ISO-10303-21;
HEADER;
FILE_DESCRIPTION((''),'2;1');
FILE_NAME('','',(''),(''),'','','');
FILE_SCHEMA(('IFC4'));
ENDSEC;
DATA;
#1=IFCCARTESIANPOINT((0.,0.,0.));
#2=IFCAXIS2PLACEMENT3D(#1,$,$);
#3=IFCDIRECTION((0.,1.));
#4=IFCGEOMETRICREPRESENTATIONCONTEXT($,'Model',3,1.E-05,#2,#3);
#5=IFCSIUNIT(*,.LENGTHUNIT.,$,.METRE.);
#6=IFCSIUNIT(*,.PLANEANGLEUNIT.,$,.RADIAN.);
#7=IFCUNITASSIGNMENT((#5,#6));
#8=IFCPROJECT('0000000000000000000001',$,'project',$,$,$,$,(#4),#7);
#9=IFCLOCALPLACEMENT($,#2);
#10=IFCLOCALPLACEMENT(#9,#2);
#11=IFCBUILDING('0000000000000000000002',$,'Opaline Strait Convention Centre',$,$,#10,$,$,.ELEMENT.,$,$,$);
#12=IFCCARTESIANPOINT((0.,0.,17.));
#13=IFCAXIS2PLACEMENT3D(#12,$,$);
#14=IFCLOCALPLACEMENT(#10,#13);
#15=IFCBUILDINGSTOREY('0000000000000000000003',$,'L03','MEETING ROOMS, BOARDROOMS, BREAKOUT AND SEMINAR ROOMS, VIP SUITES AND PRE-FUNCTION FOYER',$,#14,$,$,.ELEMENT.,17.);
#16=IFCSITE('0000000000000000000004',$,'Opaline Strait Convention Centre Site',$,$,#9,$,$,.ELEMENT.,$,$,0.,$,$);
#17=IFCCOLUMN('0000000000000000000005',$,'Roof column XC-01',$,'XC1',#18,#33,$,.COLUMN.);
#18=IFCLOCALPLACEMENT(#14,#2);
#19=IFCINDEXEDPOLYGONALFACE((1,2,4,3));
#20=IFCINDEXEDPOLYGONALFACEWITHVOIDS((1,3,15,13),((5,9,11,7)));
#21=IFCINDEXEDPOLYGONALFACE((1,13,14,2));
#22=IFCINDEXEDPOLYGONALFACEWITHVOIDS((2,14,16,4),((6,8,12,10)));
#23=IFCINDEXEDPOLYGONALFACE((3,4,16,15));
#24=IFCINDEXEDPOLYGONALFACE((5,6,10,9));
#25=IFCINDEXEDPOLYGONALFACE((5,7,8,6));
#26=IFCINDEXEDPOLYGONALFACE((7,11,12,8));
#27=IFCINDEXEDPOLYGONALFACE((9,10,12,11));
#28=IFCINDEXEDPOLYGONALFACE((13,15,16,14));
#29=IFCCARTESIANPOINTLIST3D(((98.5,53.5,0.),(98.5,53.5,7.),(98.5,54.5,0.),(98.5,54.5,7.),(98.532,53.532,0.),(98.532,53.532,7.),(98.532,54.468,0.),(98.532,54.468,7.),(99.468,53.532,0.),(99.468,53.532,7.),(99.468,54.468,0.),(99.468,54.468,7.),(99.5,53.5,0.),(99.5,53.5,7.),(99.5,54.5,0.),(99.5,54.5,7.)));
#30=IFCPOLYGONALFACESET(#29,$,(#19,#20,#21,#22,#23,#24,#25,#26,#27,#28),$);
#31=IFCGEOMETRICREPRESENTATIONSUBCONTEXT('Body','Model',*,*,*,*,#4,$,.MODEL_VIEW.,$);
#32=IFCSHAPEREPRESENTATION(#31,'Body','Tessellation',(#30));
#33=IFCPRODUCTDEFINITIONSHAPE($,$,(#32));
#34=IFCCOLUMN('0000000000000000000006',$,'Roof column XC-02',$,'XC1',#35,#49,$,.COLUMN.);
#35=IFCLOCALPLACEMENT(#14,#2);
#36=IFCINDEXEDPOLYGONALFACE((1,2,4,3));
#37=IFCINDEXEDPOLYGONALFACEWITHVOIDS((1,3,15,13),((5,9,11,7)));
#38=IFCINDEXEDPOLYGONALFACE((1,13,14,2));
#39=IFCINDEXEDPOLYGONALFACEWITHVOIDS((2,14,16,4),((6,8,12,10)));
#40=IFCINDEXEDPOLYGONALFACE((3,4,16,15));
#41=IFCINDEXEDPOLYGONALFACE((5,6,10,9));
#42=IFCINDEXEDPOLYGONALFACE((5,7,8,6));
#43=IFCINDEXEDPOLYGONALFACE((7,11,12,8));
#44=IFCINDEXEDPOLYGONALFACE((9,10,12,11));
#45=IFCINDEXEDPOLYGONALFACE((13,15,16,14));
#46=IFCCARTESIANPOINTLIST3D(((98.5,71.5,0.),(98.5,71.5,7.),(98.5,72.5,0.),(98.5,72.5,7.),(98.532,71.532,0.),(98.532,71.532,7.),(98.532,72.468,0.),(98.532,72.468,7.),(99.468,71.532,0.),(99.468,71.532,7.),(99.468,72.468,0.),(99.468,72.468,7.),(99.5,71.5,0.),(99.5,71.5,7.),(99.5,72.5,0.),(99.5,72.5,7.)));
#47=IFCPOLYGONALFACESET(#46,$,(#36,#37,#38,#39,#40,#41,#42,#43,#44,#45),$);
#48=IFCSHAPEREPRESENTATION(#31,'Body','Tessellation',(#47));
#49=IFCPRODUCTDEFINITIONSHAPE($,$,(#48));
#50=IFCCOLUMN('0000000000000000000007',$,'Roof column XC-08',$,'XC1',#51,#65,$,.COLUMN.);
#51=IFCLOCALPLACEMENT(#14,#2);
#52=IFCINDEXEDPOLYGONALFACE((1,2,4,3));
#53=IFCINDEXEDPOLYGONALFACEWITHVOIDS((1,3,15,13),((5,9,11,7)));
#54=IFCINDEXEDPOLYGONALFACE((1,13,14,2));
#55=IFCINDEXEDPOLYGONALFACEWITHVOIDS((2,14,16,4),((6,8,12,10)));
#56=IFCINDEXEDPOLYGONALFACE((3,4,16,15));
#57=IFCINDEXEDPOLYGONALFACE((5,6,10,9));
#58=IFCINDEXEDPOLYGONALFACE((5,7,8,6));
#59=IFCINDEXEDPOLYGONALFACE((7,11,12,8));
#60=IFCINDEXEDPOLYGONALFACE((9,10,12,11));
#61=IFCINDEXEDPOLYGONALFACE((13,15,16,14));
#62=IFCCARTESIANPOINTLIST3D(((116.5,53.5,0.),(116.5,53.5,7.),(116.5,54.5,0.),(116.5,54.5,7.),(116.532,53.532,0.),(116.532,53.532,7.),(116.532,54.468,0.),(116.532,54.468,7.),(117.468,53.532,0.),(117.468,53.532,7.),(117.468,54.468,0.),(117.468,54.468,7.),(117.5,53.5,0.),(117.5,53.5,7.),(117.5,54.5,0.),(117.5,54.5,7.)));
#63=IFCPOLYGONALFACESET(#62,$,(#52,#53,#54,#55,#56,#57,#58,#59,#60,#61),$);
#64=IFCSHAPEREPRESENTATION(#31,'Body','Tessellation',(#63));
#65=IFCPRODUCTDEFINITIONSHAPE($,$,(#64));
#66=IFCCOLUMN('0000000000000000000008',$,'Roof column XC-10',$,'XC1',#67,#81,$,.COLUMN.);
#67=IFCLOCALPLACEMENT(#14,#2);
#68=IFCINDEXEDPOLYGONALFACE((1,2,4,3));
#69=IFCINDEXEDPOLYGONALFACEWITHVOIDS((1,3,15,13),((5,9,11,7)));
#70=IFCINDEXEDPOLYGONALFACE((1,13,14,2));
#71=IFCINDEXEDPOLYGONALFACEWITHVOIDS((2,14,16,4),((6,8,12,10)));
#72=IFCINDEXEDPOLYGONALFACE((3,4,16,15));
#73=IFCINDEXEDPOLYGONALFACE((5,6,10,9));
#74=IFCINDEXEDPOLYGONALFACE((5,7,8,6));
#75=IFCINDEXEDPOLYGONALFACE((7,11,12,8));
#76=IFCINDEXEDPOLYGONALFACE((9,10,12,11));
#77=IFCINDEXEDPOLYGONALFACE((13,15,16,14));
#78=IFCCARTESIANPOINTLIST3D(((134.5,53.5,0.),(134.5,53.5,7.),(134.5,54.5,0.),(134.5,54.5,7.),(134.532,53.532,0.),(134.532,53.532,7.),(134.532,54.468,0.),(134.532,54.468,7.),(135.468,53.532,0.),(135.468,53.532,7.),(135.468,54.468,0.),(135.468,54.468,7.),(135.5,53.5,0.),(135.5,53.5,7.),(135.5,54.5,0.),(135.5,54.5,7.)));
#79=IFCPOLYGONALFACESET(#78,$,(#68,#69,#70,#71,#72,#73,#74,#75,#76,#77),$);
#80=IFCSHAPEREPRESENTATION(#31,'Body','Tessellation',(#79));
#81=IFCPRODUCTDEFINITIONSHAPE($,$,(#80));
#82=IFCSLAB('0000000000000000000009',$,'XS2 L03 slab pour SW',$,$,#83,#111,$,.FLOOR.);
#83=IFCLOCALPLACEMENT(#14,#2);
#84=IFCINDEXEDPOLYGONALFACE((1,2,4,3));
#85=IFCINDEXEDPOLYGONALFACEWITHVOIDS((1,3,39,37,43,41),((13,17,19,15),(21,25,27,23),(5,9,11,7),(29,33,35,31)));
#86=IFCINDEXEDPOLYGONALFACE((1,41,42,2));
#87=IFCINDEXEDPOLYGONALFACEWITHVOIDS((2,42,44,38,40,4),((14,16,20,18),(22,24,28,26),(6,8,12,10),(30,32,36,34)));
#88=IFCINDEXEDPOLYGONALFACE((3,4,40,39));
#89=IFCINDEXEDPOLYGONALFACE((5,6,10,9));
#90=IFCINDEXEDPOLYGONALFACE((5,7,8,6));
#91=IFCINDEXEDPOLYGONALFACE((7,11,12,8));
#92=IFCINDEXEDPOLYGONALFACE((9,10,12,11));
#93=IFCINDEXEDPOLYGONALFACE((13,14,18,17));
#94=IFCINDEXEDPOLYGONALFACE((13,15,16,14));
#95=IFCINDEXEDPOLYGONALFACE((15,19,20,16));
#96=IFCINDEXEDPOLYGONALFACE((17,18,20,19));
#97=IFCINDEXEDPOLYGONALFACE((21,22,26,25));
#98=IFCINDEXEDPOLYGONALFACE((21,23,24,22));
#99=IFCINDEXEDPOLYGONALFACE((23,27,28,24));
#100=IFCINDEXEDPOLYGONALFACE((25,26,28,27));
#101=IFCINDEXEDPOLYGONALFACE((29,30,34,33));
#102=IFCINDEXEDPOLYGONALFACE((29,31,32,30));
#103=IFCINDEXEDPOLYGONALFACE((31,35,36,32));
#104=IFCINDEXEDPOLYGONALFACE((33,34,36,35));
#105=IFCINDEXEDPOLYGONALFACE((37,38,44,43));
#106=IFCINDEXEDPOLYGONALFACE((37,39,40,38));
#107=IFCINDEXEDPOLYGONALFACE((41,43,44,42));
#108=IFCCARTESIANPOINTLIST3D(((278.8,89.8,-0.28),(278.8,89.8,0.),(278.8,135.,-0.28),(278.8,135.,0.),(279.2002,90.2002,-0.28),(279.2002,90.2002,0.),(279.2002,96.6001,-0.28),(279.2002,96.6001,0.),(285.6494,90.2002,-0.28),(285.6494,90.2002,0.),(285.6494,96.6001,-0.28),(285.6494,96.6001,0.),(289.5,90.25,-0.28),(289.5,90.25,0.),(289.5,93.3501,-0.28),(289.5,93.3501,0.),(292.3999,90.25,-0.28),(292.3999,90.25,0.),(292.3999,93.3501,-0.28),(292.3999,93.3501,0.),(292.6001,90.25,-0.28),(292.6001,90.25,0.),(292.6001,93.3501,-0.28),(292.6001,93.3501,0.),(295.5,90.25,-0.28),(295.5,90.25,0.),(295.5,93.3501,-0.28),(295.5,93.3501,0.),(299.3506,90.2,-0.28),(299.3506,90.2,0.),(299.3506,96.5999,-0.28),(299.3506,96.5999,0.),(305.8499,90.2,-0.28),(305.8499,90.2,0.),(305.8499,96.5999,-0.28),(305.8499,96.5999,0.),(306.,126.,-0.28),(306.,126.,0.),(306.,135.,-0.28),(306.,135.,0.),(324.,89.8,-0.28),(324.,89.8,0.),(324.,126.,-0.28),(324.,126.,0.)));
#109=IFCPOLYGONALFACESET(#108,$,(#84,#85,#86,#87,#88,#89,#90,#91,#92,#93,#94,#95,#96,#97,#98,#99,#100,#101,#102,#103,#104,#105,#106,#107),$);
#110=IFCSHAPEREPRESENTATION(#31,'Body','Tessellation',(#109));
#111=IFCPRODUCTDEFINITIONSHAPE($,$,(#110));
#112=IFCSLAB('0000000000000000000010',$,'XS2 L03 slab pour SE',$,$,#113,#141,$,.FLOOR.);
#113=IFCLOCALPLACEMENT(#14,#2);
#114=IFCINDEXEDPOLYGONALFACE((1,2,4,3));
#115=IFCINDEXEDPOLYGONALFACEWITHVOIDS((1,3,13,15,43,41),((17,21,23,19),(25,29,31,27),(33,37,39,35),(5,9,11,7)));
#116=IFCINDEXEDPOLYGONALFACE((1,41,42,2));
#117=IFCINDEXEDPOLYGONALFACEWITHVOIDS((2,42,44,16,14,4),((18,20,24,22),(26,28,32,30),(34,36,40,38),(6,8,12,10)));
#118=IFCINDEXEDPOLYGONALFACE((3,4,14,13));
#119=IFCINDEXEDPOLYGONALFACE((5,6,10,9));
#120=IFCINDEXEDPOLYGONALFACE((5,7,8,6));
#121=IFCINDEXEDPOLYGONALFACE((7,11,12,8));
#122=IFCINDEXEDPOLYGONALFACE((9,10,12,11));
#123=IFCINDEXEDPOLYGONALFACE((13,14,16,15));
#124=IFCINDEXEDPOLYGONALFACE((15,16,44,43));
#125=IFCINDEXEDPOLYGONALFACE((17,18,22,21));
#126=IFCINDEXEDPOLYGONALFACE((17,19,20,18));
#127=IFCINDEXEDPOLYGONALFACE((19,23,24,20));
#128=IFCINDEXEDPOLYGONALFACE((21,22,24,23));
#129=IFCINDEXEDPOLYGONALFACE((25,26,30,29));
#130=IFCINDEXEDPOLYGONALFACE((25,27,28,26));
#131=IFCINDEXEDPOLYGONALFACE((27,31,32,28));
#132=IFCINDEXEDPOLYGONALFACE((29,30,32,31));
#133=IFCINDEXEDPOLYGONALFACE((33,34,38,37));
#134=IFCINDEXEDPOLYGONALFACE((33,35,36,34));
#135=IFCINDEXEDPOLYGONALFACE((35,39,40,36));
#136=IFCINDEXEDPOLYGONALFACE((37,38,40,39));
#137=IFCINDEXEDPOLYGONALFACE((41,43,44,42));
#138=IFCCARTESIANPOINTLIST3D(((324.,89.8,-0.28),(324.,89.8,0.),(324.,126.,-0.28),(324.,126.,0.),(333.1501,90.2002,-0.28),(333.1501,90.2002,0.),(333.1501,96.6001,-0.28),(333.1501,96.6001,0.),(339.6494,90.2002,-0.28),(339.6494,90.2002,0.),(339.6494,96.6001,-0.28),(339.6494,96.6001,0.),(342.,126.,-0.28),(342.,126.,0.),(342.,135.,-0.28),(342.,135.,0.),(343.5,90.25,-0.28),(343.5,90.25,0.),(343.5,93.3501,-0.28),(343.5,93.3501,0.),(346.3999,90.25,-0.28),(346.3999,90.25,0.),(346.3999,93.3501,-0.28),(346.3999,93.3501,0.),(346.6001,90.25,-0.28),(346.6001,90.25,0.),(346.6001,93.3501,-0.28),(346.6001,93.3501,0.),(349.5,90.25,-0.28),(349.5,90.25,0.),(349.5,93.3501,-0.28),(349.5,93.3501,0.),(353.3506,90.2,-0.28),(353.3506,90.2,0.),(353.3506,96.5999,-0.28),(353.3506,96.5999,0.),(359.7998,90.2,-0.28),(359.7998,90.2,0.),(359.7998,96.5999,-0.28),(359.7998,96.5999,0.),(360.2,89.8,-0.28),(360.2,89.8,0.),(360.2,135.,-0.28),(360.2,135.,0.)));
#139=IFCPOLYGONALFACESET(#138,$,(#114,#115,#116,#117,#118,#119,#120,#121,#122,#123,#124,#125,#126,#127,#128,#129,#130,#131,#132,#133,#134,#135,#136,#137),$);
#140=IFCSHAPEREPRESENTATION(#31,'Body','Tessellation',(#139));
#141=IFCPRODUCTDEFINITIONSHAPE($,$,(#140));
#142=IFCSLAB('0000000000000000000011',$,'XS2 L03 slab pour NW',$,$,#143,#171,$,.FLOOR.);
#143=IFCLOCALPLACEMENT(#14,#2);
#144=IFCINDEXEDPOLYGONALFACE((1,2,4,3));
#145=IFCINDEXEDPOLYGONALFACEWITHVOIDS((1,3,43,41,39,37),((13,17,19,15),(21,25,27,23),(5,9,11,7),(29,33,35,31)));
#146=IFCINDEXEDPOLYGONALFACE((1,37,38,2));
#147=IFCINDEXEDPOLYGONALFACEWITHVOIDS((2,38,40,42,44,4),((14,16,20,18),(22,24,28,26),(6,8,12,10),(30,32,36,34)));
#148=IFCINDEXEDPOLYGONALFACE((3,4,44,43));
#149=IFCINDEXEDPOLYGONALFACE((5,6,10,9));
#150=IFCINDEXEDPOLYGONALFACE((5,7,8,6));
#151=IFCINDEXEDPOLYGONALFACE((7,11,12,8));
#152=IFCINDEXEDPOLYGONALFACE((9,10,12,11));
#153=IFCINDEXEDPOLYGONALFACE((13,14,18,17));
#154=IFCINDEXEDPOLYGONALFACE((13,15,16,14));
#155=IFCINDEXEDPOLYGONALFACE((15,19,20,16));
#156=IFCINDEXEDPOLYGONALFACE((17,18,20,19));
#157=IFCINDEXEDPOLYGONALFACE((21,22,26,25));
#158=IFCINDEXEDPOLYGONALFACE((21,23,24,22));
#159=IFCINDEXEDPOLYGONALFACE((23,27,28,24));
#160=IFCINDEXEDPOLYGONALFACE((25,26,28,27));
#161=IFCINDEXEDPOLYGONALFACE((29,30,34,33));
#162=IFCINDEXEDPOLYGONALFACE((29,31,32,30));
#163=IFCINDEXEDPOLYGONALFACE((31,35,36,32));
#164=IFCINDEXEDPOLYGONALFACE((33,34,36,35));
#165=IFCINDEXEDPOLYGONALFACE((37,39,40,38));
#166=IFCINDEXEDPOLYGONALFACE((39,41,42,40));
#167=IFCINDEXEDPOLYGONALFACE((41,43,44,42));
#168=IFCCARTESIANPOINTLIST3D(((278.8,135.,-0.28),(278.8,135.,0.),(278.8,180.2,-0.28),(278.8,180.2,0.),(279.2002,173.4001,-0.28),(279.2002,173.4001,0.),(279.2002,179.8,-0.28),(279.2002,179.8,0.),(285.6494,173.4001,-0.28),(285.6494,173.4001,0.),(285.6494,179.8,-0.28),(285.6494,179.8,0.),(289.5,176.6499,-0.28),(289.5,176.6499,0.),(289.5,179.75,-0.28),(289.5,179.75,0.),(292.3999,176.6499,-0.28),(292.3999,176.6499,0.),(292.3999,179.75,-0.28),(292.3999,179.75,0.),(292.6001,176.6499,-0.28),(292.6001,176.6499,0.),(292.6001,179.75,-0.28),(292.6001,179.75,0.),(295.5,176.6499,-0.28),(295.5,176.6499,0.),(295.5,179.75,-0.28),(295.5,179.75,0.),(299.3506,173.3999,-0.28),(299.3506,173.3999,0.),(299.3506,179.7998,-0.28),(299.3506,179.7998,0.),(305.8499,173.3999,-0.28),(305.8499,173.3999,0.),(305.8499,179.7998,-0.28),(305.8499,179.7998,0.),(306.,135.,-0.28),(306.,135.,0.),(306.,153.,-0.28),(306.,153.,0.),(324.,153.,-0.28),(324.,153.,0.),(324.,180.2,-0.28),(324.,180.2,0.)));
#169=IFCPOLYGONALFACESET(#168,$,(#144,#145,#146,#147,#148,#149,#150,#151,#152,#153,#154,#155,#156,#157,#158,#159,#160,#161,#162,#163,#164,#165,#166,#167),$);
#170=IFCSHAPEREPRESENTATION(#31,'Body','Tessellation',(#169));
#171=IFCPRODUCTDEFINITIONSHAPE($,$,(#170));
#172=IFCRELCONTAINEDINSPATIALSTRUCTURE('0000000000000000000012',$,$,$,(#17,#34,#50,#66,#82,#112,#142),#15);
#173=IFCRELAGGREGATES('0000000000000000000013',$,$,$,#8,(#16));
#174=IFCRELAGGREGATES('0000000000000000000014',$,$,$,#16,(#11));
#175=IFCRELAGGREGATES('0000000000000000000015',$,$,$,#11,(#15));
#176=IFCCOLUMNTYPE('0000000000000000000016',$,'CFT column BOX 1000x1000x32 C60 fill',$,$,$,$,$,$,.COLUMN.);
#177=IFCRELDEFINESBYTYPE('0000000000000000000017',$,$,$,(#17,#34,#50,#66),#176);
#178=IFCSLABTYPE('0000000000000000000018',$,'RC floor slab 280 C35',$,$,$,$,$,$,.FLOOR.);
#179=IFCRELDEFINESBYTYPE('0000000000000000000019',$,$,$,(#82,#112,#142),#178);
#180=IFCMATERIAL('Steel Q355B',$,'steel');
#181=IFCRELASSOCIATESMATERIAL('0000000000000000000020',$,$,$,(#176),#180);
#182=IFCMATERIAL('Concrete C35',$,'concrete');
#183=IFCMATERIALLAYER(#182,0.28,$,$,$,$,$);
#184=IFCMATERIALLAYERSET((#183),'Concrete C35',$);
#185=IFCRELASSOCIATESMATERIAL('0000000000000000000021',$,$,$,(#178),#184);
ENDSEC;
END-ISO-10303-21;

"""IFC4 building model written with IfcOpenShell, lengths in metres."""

from ifc_helpers import new_model, si_unit, direction, frame, origin, origin_2d, place, context, subcontext, project, spatial, polyline, hollow_rectangle, outline, extrude, material, layer, layer_set, material_profile, profile_set, type_object, element, save


model = new_model("IFC4")

# Units and contexts
model_context = context("Model", 3, precision=1e-05, world=origin(), true_north=direction((0.0, 1.0)))
body_context = subcontext(model_context, "Body", "Model", "MODEL_VIEW")
ifc_project = project(units=[si_unit("LENGTHUNIT", "METRE"), si_unit("PLANEANGLEUNIT", "RADIAN")], contexts=[model_context])

# Site, building, storey
site_placement = place(None, origin())
site = spatial("IfcSite", under=ifc_project, at=site_placement, Name="Opaline Strait Convention Centre Site", CompositionType="ELEMENT", RefElevation=0.0)
building_placement = place(site_placement, origin())
building = spatial("IfcBuilding", under=site, at=building_placement, Name="Opaline Strait Convention Centre", CompositionType="ELEMENT")
storey_placement = place(building_placement, frame((0.0, 0.0, 17.0)))
storey = spatial("IfcBuildingStorey", under=building, at=storey_placement, Name="L03", Description="MEETING ROOMS, BOARDROOMS, BREAKOUT AND SEMINAR ROOMS, VIP SUITES AND PRE-FUNCTION FOYER", CompositionType="ELEMENT", Elevation=17.0)

# Columns
ifc_material_1 = material(Name="Steel Q355B", Category="steel")
ifc_material_profile = material_profile(ifc_material_1, hollow_rectangle(XDim=1.0, YDim=1.0, WallThickness=0.032, at=origin_2d()), Name="BOX 1000x1000x32")
ifc_profile_set = profile_set([ifc_material_profile], Name="Steel Q355B")
column_type = type_object("IfcColumnType", Name="CFT column BOX 1000x1000x32 C60 fill", PredefinedType="COLUMN", material=ifc_profile_set)
for number, where, z_axis, x_axis, name in (
    (1, (99.0, 54.0, 0.0), (0.0, 0.0, 1.0), (1.0, 0.0, 0.0), "Roof column XC-01"),
    (2, (99.0, 72.0, 0.0), (0.0, 0.0, 1.0), (1.0, 0.0, 0.0), "Roof column XC-02"),
    (3, (117.0, 54.0, 0.0), (0.0, 0.0, 1.0), (1.0, 0.0, 0.0), "Roof column XC-08"),
    (4, (135.0, 54.0, 0.0), (0.0, 0.0, 1.0), (1.0, 0.0, 0.0), "Roof column XC-10"),
):
    element("IfcColumn", number, at=place(storey_placement, frame(where, z_axis=z_axis, x_axis=x_axis)), inside=storey, type_object=column_type, Name=name, ObjectType="XC1", PredefinedType="COLUMN", context=body_context, shape_type="SweptSolid", body=[
        extrude(hollow_rectangle(XDim=1.0, YDim=1.0, WallThickness=0.032, at=origin_2d()), origin(), (0.0, 0.0, 1.0), 7.0),
    ])

# Slabs
ifc_material_2 = material(Name="Concrete C35", Category="concrete")
ifc_layer_1 = layer(ifc_material_2, 0.28)
ifc_layer_set_1 = layer_set([ifc_layer_1], Name="Concrete C35")
slab_type_1 = type_object("IfcSlabType", Name="RC floor slab 280 C35", PredefinedType="FLOOR", material=ifc_layer_set_1)
slab_1_placement = place(storey_placement, frame((0.0, 0.0, -0.28)))
element("IfcSlab", 5, at=slab_1_placement, inside=storey, type_object=slab_type_1, Name="XS2 L03 slab pour SW", PredefinedType="FLOOR", context=body_context, shape_type="SweptSolid", body=[
    extrude(outline(polyline([(278.8, 89.8), (278.8, 135.0), (306.0, 135.0), (306.0, 126.0), (324.0, 126.0), (324.0, 89.8), (278.8, 89.8)]), holes=[polyline([(289.5, 93.3501), (289.5, 90.25), (292.3999, 90.25), (292.3999, 93.3501), (289.5, 93.3501)]), polyline([(292.6001, 93.3501), (292.6001, 90.25), (295.5, 90.25), (295.5, 93.3501), (292.6001, 93.3501)]), polyline([(299.3506, 96.5999), (299.3506, 90.2), (305.8499, 90.2), (305.8499, 96.5999), (299.3506, 96.5999)]), polyline([(279.2002, 96.6001), (279.2002, 90.2002), (285.6494, 90.2002), (285.6494, 96.6001), (279.2002, 96.6001)])]), origin(), (0.0, 0.0, 1.0), 0.28),
])
slab_2_placement = place(storey_placement, frame((0.0, 0.0, -0.28)))
element("IfcSlab", 6, at=slab_2_placement, inside=storey, type_object=slab_type_1, Name="XS2 L03 slab pour SE", PredefinedType="FLOOR", context=body_context, shape_type="SweptSolid", body=[
    extrude(outline(polyline([(360.2, 89.8), (324.0, 89.8), (324.0, 126.0), (342.0, 126.0), (342.0, 135.0), (360.2, 135.0), (360.2, 89.8)]), holes=[polyline([(343.5, 93.3501), (343.5, 90.25), (346.3999, 90.25), (346.3999, 93.3501), (343.5, 93.3501)]), polyline([(346.6001, 93.3501), (346.6001, 90.25), (349.5, 90.25), (349.5, 93.3501), (346.6001, 93.3501)]), polyline([(353.3506, 96.5999), (353.3506, 90.2), (359.7998, 90.2), (359.7998, 96.5999), (353.3506, 96.5999)]), polyline([(333.1501, 96.6001), (333.1501, 90.2002), (339.6494, 90.2002), (339.6494, 96.6001), (333.1501, 96.6001)])]), origin(), (0.0, 0.0, 1.0), 0.28),
])
slab_3_placement = place(storey_placement, frame((0.0, 0.0, -0.28)))
element("IfcSlab", 7, at=slab_3_placement, inside=storey, type_object=slab_type_1, Name="XS2 L03 slab pour NW", PredefinedType="FLOOR", context=body_context, shape_type="SweptSolid", body=[
    extrude(outline(polyline([(324.0, 180.2), (324.0, 153.0), (306.0, 153.0), (306.0, 135.0), (278.8, 135.0), (278.8, 180.2), (324.0, 180.2)]), holes=[polyline([(299.3506, 179.7998), (299.3506, 173.3999), (305.8499, 173.3999), (305.8499, 179.7998), (299.3506, 179.7998)]), polyline([(279.2002, 179.8), (279.2002, 173.4001), (285.6494, 173.4001), (285.6494, 179.8), (279.2002, 179.8)]), polyline([(289.5, 179.75), (289.5, 176.6499), (292.3999, 176.6499), (292.3999, 179.75), (289.5, 179.75)]), polyline([(292.6001, 179.75), (292.6001, 176.6499), (295.5, 176.6499), (295.5, 179.75), (292.6001, 179.75)])]), origin(), (0.0, 0.0, 1.0), 0.28),
])

save(model, "model.ifc")
